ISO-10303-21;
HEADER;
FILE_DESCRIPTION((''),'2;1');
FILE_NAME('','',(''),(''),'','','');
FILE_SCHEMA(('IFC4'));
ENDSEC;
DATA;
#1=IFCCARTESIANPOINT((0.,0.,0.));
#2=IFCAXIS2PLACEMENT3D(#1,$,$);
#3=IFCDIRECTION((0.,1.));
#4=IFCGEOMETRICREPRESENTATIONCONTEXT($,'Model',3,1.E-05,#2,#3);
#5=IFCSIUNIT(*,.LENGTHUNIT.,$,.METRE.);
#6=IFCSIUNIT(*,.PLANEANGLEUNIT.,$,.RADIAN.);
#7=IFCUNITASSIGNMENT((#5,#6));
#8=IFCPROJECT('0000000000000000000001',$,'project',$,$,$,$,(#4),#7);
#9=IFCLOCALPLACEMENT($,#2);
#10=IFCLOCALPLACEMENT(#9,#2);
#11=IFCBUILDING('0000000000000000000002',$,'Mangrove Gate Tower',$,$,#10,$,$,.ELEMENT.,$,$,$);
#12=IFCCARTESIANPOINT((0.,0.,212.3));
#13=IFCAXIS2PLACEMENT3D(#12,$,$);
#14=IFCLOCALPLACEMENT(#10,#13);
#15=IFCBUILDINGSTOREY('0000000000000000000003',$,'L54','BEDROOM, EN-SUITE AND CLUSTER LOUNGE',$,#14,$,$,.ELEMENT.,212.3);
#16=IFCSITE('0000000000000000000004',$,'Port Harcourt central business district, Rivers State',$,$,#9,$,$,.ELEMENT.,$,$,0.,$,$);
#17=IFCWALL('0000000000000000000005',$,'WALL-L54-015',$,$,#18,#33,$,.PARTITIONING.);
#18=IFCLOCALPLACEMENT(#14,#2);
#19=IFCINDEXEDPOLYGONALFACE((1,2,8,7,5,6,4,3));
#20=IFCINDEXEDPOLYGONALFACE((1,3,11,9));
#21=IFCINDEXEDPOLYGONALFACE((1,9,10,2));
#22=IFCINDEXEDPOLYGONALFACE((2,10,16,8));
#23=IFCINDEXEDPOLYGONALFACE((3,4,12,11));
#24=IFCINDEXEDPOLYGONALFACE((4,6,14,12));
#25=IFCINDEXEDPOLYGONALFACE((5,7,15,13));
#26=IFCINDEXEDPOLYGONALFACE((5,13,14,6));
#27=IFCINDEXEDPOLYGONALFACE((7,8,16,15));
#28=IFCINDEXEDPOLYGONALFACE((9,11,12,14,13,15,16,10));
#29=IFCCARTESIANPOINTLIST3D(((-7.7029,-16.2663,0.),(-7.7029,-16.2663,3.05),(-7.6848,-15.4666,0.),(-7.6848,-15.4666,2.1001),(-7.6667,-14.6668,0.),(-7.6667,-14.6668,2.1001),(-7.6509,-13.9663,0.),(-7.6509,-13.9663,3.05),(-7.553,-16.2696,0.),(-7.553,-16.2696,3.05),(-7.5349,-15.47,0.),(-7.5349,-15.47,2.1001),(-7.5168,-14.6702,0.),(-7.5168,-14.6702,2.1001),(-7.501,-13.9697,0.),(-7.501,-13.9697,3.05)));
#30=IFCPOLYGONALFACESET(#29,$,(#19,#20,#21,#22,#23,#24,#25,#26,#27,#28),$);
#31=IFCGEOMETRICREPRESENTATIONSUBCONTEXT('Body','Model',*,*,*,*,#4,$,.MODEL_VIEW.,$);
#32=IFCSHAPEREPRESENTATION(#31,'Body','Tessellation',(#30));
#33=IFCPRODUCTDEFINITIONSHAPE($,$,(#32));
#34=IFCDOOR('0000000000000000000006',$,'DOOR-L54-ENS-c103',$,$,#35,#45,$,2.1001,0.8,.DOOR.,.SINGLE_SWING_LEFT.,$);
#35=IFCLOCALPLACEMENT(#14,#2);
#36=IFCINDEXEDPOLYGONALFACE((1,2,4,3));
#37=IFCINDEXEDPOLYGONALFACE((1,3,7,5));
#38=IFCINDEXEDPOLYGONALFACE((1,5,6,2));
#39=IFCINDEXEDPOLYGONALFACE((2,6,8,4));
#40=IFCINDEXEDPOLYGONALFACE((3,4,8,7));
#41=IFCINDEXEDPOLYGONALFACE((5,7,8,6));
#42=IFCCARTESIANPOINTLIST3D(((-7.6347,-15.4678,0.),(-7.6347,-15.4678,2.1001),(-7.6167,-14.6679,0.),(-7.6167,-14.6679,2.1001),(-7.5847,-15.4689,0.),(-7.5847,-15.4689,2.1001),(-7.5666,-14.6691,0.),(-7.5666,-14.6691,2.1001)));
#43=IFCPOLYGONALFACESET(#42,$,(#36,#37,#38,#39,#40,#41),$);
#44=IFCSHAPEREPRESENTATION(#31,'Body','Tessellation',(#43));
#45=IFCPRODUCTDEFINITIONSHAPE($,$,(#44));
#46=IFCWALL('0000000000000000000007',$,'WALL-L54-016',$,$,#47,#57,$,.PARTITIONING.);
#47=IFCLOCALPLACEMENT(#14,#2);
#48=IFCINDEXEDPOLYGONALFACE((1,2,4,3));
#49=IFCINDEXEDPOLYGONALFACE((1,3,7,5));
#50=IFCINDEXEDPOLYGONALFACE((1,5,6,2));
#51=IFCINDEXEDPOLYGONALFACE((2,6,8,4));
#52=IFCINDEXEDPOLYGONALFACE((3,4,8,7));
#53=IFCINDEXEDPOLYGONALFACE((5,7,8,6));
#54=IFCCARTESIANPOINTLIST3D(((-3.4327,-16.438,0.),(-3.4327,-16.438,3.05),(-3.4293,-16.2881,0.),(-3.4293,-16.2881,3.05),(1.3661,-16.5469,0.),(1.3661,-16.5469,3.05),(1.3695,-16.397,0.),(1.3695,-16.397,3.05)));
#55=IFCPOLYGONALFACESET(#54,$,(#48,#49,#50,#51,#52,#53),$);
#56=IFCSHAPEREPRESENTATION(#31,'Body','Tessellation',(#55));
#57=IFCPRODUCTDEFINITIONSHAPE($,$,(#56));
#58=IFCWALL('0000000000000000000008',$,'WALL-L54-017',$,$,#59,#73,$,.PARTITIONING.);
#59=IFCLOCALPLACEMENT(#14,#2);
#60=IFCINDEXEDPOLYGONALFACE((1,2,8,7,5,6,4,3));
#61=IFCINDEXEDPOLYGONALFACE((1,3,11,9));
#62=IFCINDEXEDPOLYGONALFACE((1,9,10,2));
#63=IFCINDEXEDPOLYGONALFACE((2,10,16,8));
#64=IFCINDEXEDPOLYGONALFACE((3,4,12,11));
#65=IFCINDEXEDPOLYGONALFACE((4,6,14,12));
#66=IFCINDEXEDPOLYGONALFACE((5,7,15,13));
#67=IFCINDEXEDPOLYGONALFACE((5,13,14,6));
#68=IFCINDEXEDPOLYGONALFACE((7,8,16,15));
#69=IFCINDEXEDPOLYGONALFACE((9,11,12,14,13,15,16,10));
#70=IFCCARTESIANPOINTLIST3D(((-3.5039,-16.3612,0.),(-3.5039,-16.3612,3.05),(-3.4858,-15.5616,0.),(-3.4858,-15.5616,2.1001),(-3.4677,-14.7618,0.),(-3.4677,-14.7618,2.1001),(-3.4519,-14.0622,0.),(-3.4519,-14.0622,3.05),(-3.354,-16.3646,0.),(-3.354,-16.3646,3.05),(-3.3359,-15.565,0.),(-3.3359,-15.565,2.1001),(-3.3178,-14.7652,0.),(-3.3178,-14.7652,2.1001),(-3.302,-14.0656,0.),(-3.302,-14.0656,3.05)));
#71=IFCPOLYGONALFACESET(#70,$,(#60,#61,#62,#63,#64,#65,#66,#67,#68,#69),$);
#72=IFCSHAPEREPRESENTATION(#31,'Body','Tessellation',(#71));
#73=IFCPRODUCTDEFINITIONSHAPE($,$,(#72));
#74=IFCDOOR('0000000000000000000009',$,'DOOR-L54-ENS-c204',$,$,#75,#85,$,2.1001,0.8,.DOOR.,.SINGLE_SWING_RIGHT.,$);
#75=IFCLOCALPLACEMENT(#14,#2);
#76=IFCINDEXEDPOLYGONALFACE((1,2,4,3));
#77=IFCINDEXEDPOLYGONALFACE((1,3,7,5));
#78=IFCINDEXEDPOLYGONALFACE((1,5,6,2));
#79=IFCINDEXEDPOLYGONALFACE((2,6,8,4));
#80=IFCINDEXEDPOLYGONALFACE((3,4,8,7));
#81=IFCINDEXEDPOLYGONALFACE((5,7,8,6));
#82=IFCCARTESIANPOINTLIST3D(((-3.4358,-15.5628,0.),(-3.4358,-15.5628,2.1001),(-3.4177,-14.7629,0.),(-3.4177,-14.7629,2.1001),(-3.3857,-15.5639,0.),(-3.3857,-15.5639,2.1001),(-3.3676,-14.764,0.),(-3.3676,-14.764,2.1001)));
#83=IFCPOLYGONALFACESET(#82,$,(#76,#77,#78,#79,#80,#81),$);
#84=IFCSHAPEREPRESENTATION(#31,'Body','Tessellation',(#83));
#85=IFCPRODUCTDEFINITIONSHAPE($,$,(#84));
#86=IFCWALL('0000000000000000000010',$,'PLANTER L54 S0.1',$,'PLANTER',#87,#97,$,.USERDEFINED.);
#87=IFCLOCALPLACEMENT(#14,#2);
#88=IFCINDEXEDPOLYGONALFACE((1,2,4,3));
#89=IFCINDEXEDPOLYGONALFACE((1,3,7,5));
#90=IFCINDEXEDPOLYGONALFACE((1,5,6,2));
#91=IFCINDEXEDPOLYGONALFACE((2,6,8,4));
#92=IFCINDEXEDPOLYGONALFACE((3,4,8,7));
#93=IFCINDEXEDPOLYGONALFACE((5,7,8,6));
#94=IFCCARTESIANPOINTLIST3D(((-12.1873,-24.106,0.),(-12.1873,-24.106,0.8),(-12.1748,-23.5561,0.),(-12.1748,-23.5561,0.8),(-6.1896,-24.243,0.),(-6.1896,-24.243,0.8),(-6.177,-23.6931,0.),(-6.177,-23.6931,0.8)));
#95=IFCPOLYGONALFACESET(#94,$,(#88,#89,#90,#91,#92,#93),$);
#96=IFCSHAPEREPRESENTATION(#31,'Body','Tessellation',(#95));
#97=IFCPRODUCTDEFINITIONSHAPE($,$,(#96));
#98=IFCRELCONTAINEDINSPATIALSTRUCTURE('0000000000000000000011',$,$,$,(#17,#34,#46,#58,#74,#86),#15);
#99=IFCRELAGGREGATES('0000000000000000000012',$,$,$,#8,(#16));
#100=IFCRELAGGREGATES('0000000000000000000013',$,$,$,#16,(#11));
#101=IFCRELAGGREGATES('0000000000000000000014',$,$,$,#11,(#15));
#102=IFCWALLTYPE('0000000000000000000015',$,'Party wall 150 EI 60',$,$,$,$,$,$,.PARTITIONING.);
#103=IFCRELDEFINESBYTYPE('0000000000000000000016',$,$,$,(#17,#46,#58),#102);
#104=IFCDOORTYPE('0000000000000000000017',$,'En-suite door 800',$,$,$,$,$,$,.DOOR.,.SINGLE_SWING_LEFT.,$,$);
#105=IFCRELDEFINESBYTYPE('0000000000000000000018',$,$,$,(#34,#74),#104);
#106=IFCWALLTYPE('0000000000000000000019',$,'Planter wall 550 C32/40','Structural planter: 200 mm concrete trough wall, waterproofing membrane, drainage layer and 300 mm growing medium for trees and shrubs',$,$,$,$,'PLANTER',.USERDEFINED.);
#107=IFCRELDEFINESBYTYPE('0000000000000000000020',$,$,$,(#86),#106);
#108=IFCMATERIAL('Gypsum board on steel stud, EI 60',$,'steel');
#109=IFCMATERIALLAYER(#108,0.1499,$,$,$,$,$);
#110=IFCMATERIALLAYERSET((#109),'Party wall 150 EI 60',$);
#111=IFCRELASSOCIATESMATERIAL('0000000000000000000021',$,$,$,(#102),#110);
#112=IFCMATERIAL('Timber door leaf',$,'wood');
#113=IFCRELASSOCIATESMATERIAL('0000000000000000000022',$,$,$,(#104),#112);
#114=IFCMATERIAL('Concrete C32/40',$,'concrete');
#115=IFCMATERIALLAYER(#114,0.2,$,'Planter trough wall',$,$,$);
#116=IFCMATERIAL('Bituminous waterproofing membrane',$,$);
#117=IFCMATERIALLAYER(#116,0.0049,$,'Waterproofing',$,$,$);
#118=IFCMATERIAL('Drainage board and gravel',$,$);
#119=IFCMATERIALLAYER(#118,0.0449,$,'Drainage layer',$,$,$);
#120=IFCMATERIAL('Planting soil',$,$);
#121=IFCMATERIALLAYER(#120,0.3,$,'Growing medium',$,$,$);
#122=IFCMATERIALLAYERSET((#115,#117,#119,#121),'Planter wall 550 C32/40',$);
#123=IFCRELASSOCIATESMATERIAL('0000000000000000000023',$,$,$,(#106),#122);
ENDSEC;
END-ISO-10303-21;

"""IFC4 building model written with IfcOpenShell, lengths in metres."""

from ifc_helpers import new_model, si_unit, direction, frame, frame_2d, origin, place, context, subcontext, project, spatial, rectangle, extrude, material, layer, layer_set, type_object, element, fill, save


model = new_model("IFC4")

# Units and contexts
model_context = context("Model", 3, precision=1e-05, world=origin(), true_north=direction((0.0, 1.0)))
body_context = subcontext(model_context, "Body", "Model", "MODEL_VIEW")
ifc_project = project(units=[si_unit("LENGTHUNIT", "METRE"), si_unit("PLANEANGLEUNIT", "RADIAN")], contexts=[model_context])

# Site, building, storey
site_placement = place(None, origin())
site = spatial("IfcSite", under=ifc_project, at=site_placement, Name="Port Harcourt central business district, Rivers State", CompositionType="ELEMENT", RefElevation=0.0)
building_placement = place(site_placement, origin())
building = spatial("IfcBuilding", under=site, at=building_placement, Name="Mangrove Gate Tower", CompositionType="ELEMENT")
storey_placement = place(building_placement, frame((0.0, 0.0, 212.3)))
storey = spatial("IfcBuildingStorey", under=building, at=storey_placement, Name="L54", Description="BEDROOM, EN-SUITE AND CLUSTER LOUNGE", CompositionType="ELEMENT", Elevation=212.3)

# Shared definitions
ifc_material_1 = material(Name="Gypsum board on steel stud, EI 60", Category="steel")
ifc_layer_1 = layer(ifc_material_1, 0.1499)
ifc_layer_set_1 = layer_set([ifc_layer_1], Name="Party wall 150 EI 60")
wall_type_1 = type_object("IfcWallType", Name="Party wall 150 EI 60", PredefinedType="PARTITIONING", material=ifc_layer_set_1)

# Wall, opening, door
ifc_material_2 = material(Name="Timber door leaf", Category="wood")
door_type = type_object("IfcDoorType", Name="En-suite door 800", OperationType="SINGLE_SWING_LEFT", PredefinedType="DOOR", material=ifc_material_2)
wall_1_placement = place(storey_placement, frame((-7.6279, -16.2681, 0.0), z_axis=(0.0, 0.0, 1.0), x_axis=(0.022603, 0.999745, 0.0)))
wall_1 = element("IfcWall", 1, at=wall_1_placement, inside=storey, type_object=wall_type_1, Name="WALL-L54-015", PredefinedType="PARTITIONING", context=body_context, shape_type="SweptSolid", body=[
    extrude(rectangle(XDim=2.3005, YDim=0.1499, at=frame_2d((1.1504, 0.0))), origin(), (0.0, 0.0, 1.0), 3.05),
])
opening_1_placement = place(wall_1_placement, frame((0.8, 0.0, 0.0)))
opening_1 = element("IfcOpeningElement", 2, at=opening_1_placement, cuts=wall_1, PredefinedType="OPENING", context=body_context, shape_type="SweptSolid", body=[
    extrude(rectangle(XDim=0.8, YDim=2.1001, at=frame_2d((0.3999, 1.05))), frame((0.0, 0.085, 0.0), z_axis=(0.0, -1.0, 0.0), x_axis=(1.0, 0.0, 0.0)), (0.0, 0.0, 1.0), 0.1699),
])
door_1_placement = place(opening_1_placement, origin())
door_1 = element("IfcDoor", 3, at=door_1_placement, inside=storey, type_object=door_type, Name="DOOR-L54-ENS-c103", OperationType="SINGLE_SWING_LEFT", OverallHeight=2.1001, OverallWidth=0.8, PredefinedType="DOOR", context=body_context, shape_type="SweptSolid", body=[
    extrude(rectangle(XDim=0.8, YDim=2.1001, at=frame_2d((0.3999, 1.05))), frame((0.0, 0.0249, 0.0), z_axis=(0.0, -1.0, 0.0), x_axis=(1.0, 0.0, 0.0)), (0.0, 0.0, 1.0), 0.05),
])
fill(opening_1, door_1)

# Wall
wall_2_placement = place(storey_placement, frame((-3.4309, -16.363, 0.0), z_axis=(0.0, 0.0, 1.0), x_axis=(0.999743, -0.022684, 0.0)))
element("IfcWall", 4, at=wall_2_placement, inside=storey, type_object=wall_type_1, Name="WALL-L54-016", PredefinedType="PARTITIONING", context=body_context, shape_type="SweptSolid", body=[
    extrude(rectangle(XDim=4.8, YDim=0.1499, at=frame_2d((2.3999, 0.0))), origin(), (0.0, 0.0, 1.0), 3.05),
])

# Wall, opening, door
wall_3_placement = place(storey_placement, frame((-3.429, -16.363, 0.0), z_axis=(0.0, 0.0, 1.0), x_axis=(0.022613, 0.999744, 0.0)))
wall_3 = element("IfcWall", 5, at=wall_3_placement, inside=storey, type_object=wall_type_1, Name="WALL-L54-017", PredefinedType="PARTITIONING", context=body_context, shape_type="SweptSolid", body=[
    extrude(rectangle(XDim=2.2996, YDim=0.1499, at=frame_2d((1.1499, 0.0))), origin(), (0.0, 0.0, 1.0), 3.05),
])
opening_2_placement = place(wall_3_placement, frame((0.8, 0.0, 0.0)))
opening_2 = element("IfcOpeningElement", 6, at=opening_2_placement, cuts=wall_3, PredefinedType="OPENING", context=body_context, shape_type="SweptSolid", body=[
    extrude(rectangle(XDim=0.8, YDim=2.1001, at=frame_2d((0.3999, 1.05))), frame((0.0, 0.085, 0.0), z_axis=(0.0, -1.0, 0.0), x_axis=(1.0, 0.0, 0.0)), (0.0, 0.0, 1.0), 0.1699),
])
door_2_placement = place(opening_2_placement, origin())
door_2 = element("IfcDoor", 7, at=door_2_placement, inside=storey, type_object=door_type, Name="DOOR-L54-ENS-c204", OperationType="SINGLE_SWING_RIGHT", OverallHeight=2.1001, OverallWidth=0.8, PredefinedType="DOOR", context=body_context, shape_type="SweptSolid", body=[
    extrude(rectangle(XDim=0.8, YDim=2.1001, at=frame_2d((0.3999, 1.05))), frame((0.0, 0.0249, 0.0), z_axis=(0.0, -1.0, 0.0), x_axis=(1.0, 0.0, 0.0)), (0.0, 0.0, 1.0), 0.05),
])
fill(opening_2, door_2)

# Wall
ifc_material_3 = material(Name="Concrete C32/40", Category="concrete")
ifc_layer_2 = layer(ifc_material_3, 0.2, Name="Planter trough wall")
ifc_material_4 = material(Name="Bituminous waterproofing membrane")
ifc_layer_3 = layer(ifc_material_4, 0.0049, Name="Waterproofing")
ifc_material_5 = material(Name="Drainage board and gravel")
ifc_layer_4 = layer(ifc_material_5, 0.0449, Name="Drainage layer")
ifc_material_6 = material(Name="Planting soil")
ifc_layer_5 = layer(ifc_material_6, 0.3, Name="Growing medium")
ifc_layer_set_2 = layer_set([ifc_layer_2, ifc_layer_3, ifc_layer_4, ifc_layer_5], Name="Planter wall 550 C32/40")
wall_type_2 = type_object("IfcWallType", Name="Planter wall 550 C32/40", Description="Structural planter: 200 mm concrete trough wall, waterproofing membrane, drainage layer and 300 mm growing medium for trees and shrubs", ElementType="PLANTER", PredefinedType="USERDEFINED", material=ifc_layer_set_2)
wall_4_placement = place(storey_placement, frame((-12.1809, -23.8311, 0.0), z_axis=(0.0, 0.0, 1.0), x_axis=(0.999739, -0.02283, 0.0)))
element("IfcWall", 8, at=wall_4_placement, inside=storey, type_object=wall_type_2, Name="PLANTER L54 S0.1", ObjectType="PLANTER", PredefinedType="USERDEFINED", context=body_context, shape_type="SweptSolid", body=[
    extrude(rectangle(XDim=5.9993, YDim=0.55, at=frame_2d((2.9995, 0.0))), origin(), (0.0, 0.0, 1.0), 0.8),
])

save(model, "model.ifc")
